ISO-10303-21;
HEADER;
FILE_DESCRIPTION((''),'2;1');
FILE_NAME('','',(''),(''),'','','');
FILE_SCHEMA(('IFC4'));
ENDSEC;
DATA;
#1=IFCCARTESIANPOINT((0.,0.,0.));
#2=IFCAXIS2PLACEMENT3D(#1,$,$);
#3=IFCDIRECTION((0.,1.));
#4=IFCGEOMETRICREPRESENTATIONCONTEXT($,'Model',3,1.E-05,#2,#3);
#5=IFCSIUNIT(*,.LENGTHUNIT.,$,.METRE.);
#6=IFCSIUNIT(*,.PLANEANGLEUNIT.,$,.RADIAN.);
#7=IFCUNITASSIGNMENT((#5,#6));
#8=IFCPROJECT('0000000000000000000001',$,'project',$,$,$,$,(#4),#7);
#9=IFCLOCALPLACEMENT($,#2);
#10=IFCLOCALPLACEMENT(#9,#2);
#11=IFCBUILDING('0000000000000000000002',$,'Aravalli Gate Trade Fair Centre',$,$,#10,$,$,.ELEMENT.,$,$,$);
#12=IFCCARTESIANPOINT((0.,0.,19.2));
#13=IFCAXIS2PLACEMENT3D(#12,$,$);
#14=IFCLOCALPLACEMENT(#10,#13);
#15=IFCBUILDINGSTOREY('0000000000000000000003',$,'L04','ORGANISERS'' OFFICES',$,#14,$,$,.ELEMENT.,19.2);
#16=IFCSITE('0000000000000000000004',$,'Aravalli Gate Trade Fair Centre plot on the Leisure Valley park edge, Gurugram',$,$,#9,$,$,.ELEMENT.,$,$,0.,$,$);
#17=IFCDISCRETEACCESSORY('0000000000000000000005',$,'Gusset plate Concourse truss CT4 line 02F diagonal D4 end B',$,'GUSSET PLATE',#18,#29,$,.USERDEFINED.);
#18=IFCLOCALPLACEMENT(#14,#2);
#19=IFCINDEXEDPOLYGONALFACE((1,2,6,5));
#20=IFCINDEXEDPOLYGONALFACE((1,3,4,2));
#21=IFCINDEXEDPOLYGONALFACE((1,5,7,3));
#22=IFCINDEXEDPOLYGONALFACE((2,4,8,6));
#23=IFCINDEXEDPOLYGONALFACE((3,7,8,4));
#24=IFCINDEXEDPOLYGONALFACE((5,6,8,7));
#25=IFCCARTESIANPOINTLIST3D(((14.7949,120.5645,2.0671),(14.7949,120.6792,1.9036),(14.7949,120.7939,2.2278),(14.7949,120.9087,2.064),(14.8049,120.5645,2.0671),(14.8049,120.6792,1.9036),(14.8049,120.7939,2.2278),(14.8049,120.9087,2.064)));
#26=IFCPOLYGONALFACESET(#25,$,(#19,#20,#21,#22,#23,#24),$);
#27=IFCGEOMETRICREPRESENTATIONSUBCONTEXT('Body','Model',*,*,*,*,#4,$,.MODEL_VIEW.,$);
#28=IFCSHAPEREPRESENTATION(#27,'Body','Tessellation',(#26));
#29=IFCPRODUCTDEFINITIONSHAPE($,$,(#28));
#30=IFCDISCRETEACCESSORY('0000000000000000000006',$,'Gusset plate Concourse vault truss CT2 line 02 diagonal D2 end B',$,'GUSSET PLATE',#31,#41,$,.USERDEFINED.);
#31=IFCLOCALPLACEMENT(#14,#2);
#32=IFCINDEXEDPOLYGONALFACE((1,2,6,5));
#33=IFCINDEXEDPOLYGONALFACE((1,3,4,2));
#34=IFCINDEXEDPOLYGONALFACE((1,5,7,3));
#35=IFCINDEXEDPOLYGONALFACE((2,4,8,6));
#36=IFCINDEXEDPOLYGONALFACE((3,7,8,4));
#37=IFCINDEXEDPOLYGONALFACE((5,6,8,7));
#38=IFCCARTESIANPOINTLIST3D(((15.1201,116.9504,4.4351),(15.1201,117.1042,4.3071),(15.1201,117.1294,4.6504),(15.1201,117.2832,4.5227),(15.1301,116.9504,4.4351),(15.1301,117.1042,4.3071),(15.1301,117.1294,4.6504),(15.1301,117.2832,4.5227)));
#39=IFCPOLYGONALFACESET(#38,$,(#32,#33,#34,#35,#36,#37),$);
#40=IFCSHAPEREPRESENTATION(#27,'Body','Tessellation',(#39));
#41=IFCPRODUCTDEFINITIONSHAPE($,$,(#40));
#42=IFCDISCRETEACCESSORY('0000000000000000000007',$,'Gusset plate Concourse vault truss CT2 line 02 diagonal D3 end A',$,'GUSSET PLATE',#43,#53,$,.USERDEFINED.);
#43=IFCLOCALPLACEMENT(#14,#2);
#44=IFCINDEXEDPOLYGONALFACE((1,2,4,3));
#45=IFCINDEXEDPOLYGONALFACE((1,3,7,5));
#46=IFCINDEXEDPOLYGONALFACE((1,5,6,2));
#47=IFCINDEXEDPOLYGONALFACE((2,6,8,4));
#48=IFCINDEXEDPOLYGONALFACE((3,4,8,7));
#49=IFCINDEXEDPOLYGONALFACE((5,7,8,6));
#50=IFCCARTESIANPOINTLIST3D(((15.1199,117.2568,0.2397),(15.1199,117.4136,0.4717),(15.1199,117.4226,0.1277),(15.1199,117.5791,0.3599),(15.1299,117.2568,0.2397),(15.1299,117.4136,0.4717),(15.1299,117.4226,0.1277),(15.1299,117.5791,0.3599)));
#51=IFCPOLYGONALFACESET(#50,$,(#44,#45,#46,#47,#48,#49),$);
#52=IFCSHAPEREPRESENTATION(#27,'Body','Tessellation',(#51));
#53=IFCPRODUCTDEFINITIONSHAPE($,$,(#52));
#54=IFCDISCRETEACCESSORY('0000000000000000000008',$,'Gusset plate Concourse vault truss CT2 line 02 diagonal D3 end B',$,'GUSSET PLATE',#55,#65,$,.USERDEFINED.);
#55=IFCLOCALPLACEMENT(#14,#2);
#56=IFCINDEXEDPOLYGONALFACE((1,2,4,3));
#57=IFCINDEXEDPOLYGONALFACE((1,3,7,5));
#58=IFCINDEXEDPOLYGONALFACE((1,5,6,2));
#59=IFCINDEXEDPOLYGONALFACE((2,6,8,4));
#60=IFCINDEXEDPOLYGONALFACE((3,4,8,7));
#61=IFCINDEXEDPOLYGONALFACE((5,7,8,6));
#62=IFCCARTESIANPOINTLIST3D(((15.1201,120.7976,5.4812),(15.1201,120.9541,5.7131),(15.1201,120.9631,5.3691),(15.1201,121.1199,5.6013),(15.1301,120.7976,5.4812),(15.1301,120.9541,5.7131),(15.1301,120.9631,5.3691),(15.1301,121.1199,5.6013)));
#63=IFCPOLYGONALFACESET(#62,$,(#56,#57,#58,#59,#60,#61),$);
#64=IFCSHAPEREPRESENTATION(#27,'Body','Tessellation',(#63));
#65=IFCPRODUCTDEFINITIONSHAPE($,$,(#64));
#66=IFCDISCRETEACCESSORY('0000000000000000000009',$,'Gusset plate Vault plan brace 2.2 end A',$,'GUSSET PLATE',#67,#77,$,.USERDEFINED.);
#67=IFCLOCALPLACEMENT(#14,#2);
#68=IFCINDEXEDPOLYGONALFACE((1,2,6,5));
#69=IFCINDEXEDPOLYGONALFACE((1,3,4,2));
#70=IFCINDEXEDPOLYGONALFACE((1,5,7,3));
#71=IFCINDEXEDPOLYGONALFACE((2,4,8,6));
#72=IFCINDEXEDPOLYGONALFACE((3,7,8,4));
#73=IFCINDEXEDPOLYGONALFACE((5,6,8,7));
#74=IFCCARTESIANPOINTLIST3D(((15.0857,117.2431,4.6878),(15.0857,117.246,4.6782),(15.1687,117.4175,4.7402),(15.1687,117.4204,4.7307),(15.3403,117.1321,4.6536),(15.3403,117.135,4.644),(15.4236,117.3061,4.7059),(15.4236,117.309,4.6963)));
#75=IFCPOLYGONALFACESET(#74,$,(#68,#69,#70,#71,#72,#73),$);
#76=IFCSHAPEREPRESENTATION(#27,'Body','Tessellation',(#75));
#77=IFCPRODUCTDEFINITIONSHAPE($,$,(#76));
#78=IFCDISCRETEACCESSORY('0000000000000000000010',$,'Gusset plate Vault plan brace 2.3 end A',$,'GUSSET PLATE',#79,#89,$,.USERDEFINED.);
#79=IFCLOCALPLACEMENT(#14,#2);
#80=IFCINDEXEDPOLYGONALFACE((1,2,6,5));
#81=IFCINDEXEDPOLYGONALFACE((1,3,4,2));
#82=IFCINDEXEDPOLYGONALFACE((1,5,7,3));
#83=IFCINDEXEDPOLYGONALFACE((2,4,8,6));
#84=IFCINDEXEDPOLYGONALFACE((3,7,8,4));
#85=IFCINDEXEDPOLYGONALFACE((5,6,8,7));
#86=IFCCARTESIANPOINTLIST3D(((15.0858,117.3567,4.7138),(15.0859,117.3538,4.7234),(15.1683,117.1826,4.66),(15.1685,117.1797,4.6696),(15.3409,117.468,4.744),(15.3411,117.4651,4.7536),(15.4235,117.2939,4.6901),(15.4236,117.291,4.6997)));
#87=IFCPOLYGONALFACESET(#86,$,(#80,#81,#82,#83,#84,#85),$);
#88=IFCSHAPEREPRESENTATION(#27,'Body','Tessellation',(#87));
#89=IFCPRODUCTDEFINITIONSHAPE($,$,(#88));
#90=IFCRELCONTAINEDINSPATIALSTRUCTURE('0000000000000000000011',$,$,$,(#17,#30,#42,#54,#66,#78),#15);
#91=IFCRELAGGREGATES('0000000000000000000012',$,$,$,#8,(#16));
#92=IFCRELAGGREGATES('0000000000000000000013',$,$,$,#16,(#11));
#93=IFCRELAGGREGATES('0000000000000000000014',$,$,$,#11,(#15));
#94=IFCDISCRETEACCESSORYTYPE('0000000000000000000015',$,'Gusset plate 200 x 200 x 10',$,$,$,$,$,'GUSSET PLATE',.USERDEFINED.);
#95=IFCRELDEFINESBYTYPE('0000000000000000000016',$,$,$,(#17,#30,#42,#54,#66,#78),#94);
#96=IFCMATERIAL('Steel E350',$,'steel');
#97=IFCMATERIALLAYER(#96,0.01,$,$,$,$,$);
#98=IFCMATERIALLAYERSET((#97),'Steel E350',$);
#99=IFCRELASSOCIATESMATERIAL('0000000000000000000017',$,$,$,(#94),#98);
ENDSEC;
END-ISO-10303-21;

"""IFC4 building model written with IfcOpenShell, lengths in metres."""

from ifc_helpers import new_model, si_unit, direction, frame, origin, place, context, subcontext, project, spatial, polyline, outline, extrude, material, layer, layer_set, type_object, element, save


model = new_model("IFC4")

# Units and contexts
model_context = context("Model", 3, precision=1e-05, world=origin(), true_north=direction((0.0, 1.0)))
body_context = subcontext(model_context, "Body", "Model", "MODEL_VIEW")
ifc_project = project(units=[si_unit("LENGTHUNIT", "METRE"), si_unit("PLANEANGLEUNIT", "RADIAN")], contexts=[model_context])

# Site, building, storey
site_placement = place(None, origin())
site = spatial("IfcSite", under=ifc_project, at=site_placement, Name="Aravalli Gate Trade Fair Centre plot on the Leisure Valley park edge, Gurugram", CompositionType="ELEMENT", RefElevation=0.0)
building_placement = place(site_placement, origin())
building = spatial("IfcBuilding", under=site, at=building_placement, Name="Aravalli Gate Trade Fair Centre", CompositionType="ELEMENT")
storey_placement = place(building_placement, frame((0.0, 0.0, 19.2)))
storey = spatial("IfcBuildingStorey", under=building, at=storey_placement, Name="L04", Description="ORGANISERS' OFFICES", CompositionType="ELEMENT", Elevation=19.2)

# Shared definitions
ifc_material_1 = material(Name="Steel E350", Category="steel")

# Discrete accessories
ifc_layer_1 = layer(ifc_material_1, 0.01)
ifc_layer_set_1 = layer_set([ifc_layer_1], Name="Steel E350")
discrete_accessory_type = type_object("IfcDiscreteAccessoryType", Name="Gusset plate 200 x 200 x 10", ElementType="GUSSET PLATE", PredefinedType="USERDEFINED", material=ifc_layer_set_1)
discrete_accessory_1_placement = place(storey_placement, frame((14.7949, 120.5645, 2.0671), z_axis=(-1.0, 0.0, 0.0), x_axis=(0.0, 0.819232, 0.573462)))
element("IfcDiscreteAccessory", 1, at=discrete_accessory_1_placement, inside=storey, type_object=discrete_accessory_type, Name="Gusset plate Concourse truss CT4 line 02F diagonal D4 end B", ObjectType="GUSSET PLATE", PredefinedType="USERDEFINED", context=body_context, shape_type="SweptSolid", body=[
    extrude(outline(polyline([(0.0, 0.0), (0.2801, 0.0), (0.2802, 0.2), (0.0002, 0.1998), (0.0, 0.0)])), origin(), (0.0, 0.0, -1.0), 0.01),
])
discrete_accessory_2_placement = place(storey_placement, frame((15.1201, 116.9504, 4.4351), z_axis=(-1.0, 0.0, 0.0), x_axis=(0.0, 0.639155, 0.769078)))
element("IfcDiscreteAccessory", 2, at=discrete_accessory_2_placement, inside=storey, type_object=discrete_accessory_type, Name="Gusset plate Concourse vault truss CT2 line 02 diagonal D2 end B", ObjectType="GUSSET PLATE", PredefinedType="USERDEFINED", context=body_context, shape_type="SweptSolid", body=[
    extrude(outline(polyline([(0.0, 0.0), (0.28, 0.0), (0.2801, 0.1999), (-0.0001, 0.2001), (0.0, 0.0)])), origin(), (0.0, 0.0, -1.0), 0.01),
])
discrete_accessory_3_placement = place(storey_placement, frame((15.1299, 117.4136, 0.4717), z_axis=(1.0, 0.0, 0.0), x_axis=(0.0, -0.559922, -0.828545)))
element("IfcDiscreteAccessory", 3, at=discrete_accessory_3_placement, inside=storey, type_object=discrete_accessory_type, Name="Gusset plate Concourse vault truss CT2 line 02 diagonal D3 end A", ObjectType="GUSSET PLATE", PredefinedType="USERDEFINED", context=body_context, shape_type="SweptSolid", body=[
    extrude(outline(polyline([(0.0, 0.0), (0.2799, 0.0), (0.28, 0.2001), (0.0, 0.1998), (0.0, 0.0)])), origin(), (0.0, 0.0, -1.0), 0.01),
])
discrete_accessory_4_placement = place(storey_placement, frame((15.1201, 120.7976, 5.4812), z_axis=(-1.0, 0.0, 0.0), x_axis=(0.0, 0.559323, 0.82895)))
element("IfcDiscreteAccessory", 4, at=discrete_accessory_4_placement, inside=storey, type_object=discrete_accessory_type, Name="Gusset plate Concourse vault truss CT2 line 02 diagonal D3 end B", ObjectType="GUSSET PLATE", PredefinedType="USERDEFINED", context=body_context, shape_type="SweptSolid", body=[
    extrude(outline(polyline([(0.0, 0.0), (0.2798, 0.0), (0.2798, 0.2), (-0.0003, 0.1999), (0.0, 0.0)])), origin(), (0.0, 0.0, -1.0), 0.01),
])
discrete_accessory_5_placement = place(storey_placement, frame((15.3403, 117.1321, 4.6536), z_axis=(0.002705, -0.289085, 0.9573), x_axis=(-0.90972, 0.396774, 0.122388)))
element("IfcDiscreteAccessory", 5, at=discrete_accessory_5_placement, inside=storey, type_object=discrete_accessory_type, Name="Gusset plate Vault plan brace 2.2 end A", ObjectType="GUSSET PLATE", PredefinedType="USERDEFINED", context=body_context, shape_type="SweptSolid", body=[
    extrude(outline(polyline([(0.0, 0.0), (0.2799, 0.0), (0.28, -0.2001), (-0.0003, -0.1999), (0.0, 0.0)])), origin(), (0.0, 0.0, -1.0), 0.01),
])
discrete_accessory_6_placement = place(storey_placement, frame((15.4236, 117.291, 4.6997), z_axis=(0.013296, -0.289667, 0.957035), x_axis=(-0.911258, -0.397516, -0.107657)))
element("IfcDiscreteAccessory", 6, at=discrete_accessory_6_placement, inside=storey, type_object=discrete_accessory_type, Name="Gusset plate Vault plan brace 2.3 end A", ObjectType="GUSSET PLATE", PredefinedType="USERDEFINED", context=body_context, shape_type="SweptSolid", body=[
    extrude(outline(polyline([(0.0, 0.0), (0.28, 0.0), (0.2802, -0.2), (0.0002, -0.2001), (0.0, 0.0)])), origin(), (0.0, 0.0, -1.0), 0.01),
])

save(model, "model.ifc")
